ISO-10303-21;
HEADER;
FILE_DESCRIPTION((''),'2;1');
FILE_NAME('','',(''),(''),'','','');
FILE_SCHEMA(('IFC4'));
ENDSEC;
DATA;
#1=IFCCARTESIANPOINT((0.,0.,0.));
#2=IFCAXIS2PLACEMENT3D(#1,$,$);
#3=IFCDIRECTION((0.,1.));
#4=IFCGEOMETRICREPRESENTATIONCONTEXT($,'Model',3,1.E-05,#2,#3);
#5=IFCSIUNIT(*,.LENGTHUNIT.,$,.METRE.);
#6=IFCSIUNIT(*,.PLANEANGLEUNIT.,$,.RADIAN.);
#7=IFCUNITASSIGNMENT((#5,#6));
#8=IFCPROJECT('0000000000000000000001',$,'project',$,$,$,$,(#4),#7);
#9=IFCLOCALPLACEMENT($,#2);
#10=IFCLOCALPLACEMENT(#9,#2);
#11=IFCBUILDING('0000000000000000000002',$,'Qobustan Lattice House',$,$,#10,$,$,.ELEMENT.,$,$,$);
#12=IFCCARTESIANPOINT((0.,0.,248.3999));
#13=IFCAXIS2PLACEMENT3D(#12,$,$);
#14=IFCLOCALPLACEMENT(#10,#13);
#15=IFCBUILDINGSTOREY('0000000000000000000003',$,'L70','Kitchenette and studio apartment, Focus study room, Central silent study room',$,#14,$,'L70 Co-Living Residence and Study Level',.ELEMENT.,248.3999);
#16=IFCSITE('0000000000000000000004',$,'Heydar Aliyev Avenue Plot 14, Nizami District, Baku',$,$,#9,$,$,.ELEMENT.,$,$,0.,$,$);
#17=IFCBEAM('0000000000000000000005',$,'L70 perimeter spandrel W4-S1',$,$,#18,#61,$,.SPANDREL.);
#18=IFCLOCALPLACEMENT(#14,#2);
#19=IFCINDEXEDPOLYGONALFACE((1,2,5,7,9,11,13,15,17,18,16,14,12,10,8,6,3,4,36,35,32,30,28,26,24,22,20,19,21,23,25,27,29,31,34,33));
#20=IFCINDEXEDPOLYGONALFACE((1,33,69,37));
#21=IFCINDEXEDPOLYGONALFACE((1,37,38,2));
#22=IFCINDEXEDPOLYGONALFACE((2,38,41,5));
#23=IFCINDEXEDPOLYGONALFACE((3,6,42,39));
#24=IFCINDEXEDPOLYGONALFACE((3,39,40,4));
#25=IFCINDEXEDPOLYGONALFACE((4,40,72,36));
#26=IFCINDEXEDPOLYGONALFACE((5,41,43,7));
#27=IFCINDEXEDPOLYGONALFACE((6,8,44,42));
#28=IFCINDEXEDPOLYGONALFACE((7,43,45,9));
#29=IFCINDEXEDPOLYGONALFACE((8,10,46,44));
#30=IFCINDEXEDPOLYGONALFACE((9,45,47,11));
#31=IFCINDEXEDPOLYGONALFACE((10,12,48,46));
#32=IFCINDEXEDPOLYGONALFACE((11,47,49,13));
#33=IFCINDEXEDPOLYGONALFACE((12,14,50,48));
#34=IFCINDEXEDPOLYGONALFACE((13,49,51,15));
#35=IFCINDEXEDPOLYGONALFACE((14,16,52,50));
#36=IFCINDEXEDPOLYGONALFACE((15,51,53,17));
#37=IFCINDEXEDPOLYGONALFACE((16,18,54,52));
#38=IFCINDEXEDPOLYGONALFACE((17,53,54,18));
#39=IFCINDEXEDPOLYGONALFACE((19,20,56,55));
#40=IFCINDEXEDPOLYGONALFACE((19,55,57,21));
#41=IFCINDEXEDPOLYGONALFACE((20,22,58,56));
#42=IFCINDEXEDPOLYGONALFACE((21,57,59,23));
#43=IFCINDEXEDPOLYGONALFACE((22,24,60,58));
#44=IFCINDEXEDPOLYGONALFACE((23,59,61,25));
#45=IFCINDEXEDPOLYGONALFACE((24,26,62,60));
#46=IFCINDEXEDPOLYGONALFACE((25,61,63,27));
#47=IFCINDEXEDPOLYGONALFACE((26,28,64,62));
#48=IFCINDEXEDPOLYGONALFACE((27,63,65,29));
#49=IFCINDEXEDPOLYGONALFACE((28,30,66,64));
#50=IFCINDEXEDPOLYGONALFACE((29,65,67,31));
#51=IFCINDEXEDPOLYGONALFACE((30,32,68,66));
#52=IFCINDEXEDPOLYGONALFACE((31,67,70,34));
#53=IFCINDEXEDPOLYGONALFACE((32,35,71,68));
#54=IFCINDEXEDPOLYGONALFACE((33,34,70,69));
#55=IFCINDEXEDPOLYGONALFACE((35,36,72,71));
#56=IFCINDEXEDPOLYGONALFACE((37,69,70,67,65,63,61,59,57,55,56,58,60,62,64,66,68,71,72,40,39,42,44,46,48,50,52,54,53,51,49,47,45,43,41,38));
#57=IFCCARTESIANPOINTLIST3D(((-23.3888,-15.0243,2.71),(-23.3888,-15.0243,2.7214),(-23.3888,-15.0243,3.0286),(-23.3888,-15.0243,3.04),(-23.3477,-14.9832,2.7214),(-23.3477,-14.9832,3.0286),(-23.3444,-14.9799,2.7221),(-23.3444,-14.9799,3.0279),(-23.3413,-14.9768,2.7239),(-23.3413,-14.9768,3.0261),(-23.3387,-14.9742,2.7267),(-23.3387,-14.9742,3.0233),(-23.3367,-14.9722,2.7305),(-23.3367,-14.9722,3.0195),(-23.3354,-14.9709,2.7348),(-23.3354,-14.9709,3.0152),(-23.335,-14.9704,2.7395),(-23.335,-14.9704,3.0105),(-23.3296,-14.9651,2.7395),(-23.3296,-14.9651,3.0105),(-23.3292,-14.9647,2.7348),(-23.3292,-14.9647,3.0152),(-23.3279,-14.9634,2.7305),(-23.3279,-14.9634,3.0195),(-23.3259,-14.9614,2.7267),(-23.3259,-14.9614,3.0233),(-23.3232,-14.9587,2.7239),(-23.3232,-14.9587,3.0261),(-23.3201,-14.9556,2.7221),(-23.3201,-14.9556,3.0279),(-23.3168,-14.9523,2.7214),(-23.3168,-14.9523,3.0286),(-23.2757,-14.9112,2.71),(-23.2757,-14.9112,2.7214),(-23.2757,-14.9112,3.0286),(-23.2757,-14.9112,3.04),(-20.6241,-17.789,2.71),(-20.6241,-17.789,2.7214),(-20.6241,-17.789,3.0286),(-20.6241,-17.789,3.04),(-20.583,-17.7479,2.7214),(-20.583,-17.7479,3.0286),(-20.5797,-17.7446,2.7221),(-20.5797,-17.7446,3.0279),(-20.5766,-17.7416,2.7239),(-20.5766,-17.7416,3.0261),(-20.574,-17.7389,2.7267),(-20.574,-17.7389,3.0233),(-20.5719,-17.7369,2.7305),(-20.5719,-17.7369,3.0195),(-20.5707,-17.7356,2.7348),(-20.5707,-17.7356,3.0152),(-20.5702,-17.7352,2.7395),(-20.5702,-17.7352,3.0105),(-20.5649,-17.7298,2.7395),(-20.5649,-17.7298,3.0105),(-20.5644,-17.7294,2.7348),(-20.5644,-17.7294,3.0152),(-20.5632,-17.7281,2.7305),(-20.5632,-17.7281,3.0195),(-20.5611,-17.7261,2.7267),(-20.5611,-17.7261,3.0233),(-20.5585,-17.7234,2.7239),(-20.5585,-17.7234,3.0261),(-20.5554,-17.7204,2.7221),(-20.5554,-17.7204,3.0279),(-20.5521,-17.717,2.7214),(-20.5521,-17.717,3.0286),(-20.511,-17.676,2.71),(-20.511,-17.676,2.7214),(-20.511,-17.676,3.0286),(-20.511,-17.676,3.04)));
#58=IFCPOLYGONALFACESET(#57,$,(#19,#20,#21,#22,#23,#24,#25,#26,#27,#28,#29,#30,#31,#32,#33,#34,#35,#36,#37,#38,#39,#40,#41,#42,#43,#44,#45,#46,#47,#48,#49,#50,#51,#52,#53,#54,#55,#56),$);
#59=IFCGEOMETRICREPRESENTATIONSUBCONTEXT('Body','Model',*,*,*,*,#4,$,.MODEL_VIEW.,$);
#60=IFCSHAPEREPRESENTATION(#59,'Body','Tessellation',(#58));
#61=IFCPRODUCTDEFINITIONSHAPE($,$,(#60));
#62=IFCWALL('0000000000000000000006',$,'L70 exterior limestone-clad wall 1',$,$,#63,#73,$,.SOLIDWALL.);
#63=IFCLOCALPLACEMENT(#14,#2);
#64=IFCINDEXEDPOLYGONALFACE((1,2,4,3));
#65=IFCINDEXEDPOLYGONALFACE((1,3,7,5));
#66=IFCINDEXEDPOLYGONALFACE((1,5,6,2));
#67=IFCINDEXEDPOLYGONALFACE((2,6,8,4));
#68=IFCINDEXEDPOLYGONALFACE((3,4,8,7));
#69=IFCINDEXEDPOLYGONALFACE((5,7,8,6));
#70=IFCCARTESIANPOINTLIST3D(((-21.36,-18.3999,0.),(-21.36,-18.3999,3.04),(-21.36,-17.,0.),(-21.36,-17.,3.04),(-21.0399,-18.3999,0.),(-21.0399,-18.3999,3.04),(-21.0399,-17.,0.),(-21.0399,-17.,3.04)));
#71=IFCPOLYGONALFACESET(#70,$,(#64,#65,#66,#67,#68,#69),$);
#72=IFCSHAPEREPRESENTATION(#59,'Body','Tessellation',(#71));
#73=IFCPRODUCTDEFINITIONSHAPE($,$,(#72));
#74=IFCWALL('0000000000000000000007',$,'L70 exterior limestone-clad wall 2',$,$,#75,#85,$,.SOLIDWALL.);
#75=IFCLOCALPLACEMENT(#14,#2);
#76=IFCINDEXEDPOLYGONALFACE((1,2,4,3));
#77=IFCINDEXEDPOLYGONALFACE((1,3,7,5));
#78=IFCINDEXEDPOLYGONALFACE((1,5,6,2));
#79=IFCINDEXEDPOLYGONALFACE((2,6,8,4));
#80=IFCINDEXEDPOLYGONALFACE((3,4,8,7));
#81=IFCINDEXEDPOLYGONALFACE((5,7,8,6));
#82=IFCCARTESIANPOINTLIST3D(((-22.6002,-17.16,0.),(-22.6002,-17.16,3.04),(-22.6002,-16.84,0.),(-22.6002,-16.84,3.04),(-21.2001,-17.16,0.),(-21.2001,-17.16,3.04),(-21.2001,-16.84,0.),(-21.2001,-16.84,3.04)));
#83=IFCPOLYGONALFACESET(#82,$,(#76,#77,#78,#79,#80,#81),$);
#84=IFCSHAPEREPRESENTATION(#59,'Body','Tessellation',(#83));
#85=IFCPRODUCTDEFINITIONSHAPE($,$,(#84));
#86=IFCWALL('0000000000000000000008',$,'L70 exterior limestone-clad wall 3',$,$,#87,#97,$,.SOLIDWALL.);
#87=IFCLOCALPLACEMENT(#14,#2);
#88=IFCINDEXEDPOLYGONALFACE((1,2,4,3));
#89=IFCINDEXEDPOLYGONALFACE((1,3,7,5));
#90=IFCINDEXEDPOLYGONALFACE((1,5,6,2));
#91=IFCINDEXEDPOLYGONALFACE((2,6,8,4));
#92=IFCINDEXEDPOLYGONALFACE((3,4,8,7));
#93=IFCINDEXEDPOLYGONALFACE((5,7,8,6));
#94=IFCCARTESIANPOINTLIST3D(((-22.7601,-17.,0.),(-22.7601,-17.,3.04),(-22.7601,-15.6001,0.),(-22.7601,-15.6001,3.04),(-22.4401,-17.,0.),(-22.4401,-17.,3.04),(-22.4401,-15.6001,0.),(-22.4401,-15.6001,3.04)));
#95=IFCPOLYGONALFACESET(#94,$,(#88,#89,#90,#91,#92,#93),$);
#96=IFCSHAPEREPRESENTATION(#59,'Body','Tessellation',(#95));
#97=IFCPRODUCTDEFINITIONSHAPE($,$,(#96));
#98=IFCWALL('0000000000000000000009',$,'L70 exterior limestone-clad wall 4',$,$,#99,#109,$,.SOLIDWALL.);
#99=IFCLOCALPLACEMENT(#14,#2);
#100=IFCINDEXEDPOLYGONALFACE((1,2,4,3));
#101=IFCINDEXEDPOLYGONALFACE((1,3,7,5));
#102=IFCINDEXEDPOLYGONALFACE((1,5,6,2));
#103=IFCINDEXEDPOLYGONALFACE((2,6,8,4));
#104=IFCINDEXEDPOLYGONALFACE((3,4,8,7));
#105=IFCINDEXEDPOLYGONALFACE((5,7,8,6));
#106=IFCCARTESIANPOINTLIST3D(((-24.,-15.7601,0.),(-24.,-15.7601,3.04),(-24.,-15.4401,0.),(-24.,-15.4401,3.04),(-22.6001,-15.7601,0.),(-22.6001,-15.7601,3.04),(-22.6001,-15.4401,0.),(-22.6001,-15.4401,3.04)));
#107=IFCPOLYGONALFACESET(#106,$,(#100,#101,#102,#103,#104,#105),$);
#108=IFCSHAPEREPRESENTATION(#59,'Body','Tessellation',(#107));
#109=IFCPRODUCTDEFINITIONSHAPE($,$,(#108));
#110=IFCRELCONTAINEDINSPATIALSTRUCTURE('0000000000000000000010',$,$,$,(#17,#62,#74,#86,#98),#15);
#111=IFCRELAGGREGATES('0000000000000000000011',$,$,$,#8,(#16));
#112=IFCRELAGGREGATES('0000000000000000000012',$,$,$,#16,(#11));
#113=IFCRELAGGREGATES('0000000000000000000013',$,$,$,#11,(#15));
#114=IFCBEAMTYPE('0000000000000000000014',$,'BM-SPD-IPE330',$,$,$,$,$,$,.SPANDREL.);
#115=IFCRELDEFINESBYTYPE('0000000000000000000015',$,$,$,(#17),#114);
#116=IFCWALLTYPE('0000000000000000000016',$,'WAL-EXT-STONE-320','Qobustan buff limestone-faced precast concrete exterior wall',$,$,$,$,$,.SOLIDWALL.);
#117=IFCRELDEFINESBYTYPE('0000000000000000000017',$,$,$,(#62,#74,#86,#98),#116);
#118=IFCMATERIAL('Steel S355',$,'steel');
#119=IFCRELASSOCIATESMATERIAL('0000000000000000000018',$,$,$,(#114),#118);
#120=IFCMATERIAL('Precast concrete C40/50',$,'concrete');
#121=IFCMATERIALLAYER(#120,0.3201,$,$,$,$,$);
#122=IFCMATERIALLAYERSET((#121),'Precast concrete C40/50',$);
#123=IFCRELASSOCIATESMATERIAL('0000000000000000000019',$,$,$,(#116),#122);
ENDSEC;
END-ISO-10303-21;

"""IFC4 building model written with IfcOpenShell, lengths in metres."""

from ifc_helpers import new_model, si_unit, direction, frame, frame_2d, origin, origin_2d, place, context, subcontext, project, spatial, rectangle, i_section, extrude, material, layer, layer_set, material_profile, profile_set, type_object, element, save


model = new_model("IFC4")

# Units and contexts
model_context = context("Model", 3, precision=1e-05, world=origin(), true_north=direction((0.0, 1.0)))
body_context = subcontext(model_context, "Body", "Model", "MODEL_VIEW")
ifc_project = project(units=[si_unit("LENGTHUNIT", "METRE"), si_unit("PLANEANGLEUNIT", "RADIAN")], contexts=[model_context])

# Site, building, storey
site_placement = place(None, origin())
site = spatial("IfcSite", under=ifc_project, at=site_placement, Name="Heydar Aliyev Avenue Plot 14, Nizami District, Baku", CompositionType="ELEMENT", RefElevation=0.0)
building_placement = place(site_placement, origin())
building = spatial("IfcBuilding", under=site, at=building_placement, Name="Qobustan Lattice House", CompositionType="ELEMENT")
storey_placement = place(building_placement, frame((0.0, 0.0, 248.3999)))
storey = spatial("IfcBuildingStorey", under=building, at=storey_placement, Name="L70", Description="Kitchenette and studio apartment, Focus study room, Central silent study room", LongName="L70 Co-Living Residence and Study Level", CompositionType="ELEMENT", Elevation=248.3999)

# Beam
ifc_material_1 = material(Name="Steel S355", Category="steel")
ifc_material_profile_1 = material_profile(ifc_material_1, i_section(OverallWidth=0.1599, OverallDepth=0.3301, WebThickness=0.0076, FlangeThickness=0.0115, FilletRadius=0.0181, at=origin_2d()), Name="IPE330")
ifc_profile_set_1 = profile_set([ifc_material_profile_1], Name="Steel S355")
beam_type_1 = type_object("IfcBeamType", Name="BM-SPD-IPE330", PredefinedType="SPANDREL", material=ifc_profile_set_1)
beam_1_placement = place(storey_placement, frame((-23.3323, -14.9678, 2.875), z_axis=(0.707107, -0.707107, 0.0), x_axis=(0.707107, 0.707107, 0.0)))
element("IfcBeam", 1, at=beam_1_placement, inside=storey, type_object=beam_type_1, Name="L70 perimeter spandrel W4-S1", PredefinedType="SPANDREL", context=body_context, shape_type="SweptSolid", body=[
    extrude(i_section(OverallWidth=0.1599, OverallDepth=0.3301, WebThickness=0.0076, FlangeThickness=0.0115, FilletRadius=0.0181, at=origin_2d()), origin(), (0.0, 0.0, 1.0), 3.9099),
])

# Walls
ifc_material_2 = material(Name="Precast concrete C40/50", Category="concrete")
ifc_layer = layer(ifc_material_2, 0.3201)
ifc_layer_set = layer_set([ifc_layer], Name="Precast concrete C40/50")
wall_type = type_object("IfcWallType", Name="WAL-EXT-STONE-320", Description="Qobustan buff limestone-faced precast concrete exterior wall", PredefinedType="SOLIDWALL", material=ifc_layer_set)
wall_1_placement = place(storey_placement, frame((-21.2, -18.3999, 0.0), z_axis=(0.0, 0.0, 1.0), x_axis=(0.0, 1.0, 0.0)))
element("IfcWall", 2, at=wall_1_placement, inside=storey, type_object=wall_type, Name="L70 exterior limestone-clad wall 1", PredefinedType="SOLIDWALL", context=body_context, shape_type="SweptSolid", body=[
    extrude(rectangle(XDim=1.3999, YDim=0.3201, at=frame_2d((0.7, 0.0))), origin(), (0.0, 0.0, 1.0), 3.04),
])
wall_2_placement = place(storey_placement, frame((-21.2, -17.0, 0.0), z_axis=(0.0, 0.0, 1.0), x_axis=(-1.0, 0.0, 0.0)))
element("IfcWall", 3, at=wall_2_placement, inside=storey, type_object=wall_type, Name="L70 exterior limestone-clad wall 2", PredefinedType="SOLIDWALL", context=body_context, shape_type="SweptSolid", body=[
    extrude(rectangle(XDim=1.4001, YDim=0.3201, at=frame_2d((0.7002, 0.0))), origin(), (0.0, 0.0, 1.0), 3.04),
])
for number, where, z_axis, x_axis, name in (
    (4, (-22.6001, -17.0, 0.0), (0.0, 0.0, 1.0), (0.0, 1.0, 0.0), "L70 exterior limestone-clad wall 3"),
    (5, (-22.6001, -15.6001, 0.0), (0.0, 0.0, 1.0), (-1.0, 0.0, 0.0), "L70 exterior limestone-clad wall 4"),
):
    element("IfcWall", number, at=place(storey_placement, frame(where, z_axis=z_axis, x_axis=x_axis)), inside=storey, type_object=wall_type, Name=name, PredefinedType="SOLIDWALL", context=body_context, shape_type="SweptSolid", body=[
        extrude(rectangle(XDim=1.3999, YDim=0.3201, at=frame_2d((0.7, 0.0))), origin(), (0.0, 0.0, 1.0), 3.04),
    ])

save(model, "model.ifc")
